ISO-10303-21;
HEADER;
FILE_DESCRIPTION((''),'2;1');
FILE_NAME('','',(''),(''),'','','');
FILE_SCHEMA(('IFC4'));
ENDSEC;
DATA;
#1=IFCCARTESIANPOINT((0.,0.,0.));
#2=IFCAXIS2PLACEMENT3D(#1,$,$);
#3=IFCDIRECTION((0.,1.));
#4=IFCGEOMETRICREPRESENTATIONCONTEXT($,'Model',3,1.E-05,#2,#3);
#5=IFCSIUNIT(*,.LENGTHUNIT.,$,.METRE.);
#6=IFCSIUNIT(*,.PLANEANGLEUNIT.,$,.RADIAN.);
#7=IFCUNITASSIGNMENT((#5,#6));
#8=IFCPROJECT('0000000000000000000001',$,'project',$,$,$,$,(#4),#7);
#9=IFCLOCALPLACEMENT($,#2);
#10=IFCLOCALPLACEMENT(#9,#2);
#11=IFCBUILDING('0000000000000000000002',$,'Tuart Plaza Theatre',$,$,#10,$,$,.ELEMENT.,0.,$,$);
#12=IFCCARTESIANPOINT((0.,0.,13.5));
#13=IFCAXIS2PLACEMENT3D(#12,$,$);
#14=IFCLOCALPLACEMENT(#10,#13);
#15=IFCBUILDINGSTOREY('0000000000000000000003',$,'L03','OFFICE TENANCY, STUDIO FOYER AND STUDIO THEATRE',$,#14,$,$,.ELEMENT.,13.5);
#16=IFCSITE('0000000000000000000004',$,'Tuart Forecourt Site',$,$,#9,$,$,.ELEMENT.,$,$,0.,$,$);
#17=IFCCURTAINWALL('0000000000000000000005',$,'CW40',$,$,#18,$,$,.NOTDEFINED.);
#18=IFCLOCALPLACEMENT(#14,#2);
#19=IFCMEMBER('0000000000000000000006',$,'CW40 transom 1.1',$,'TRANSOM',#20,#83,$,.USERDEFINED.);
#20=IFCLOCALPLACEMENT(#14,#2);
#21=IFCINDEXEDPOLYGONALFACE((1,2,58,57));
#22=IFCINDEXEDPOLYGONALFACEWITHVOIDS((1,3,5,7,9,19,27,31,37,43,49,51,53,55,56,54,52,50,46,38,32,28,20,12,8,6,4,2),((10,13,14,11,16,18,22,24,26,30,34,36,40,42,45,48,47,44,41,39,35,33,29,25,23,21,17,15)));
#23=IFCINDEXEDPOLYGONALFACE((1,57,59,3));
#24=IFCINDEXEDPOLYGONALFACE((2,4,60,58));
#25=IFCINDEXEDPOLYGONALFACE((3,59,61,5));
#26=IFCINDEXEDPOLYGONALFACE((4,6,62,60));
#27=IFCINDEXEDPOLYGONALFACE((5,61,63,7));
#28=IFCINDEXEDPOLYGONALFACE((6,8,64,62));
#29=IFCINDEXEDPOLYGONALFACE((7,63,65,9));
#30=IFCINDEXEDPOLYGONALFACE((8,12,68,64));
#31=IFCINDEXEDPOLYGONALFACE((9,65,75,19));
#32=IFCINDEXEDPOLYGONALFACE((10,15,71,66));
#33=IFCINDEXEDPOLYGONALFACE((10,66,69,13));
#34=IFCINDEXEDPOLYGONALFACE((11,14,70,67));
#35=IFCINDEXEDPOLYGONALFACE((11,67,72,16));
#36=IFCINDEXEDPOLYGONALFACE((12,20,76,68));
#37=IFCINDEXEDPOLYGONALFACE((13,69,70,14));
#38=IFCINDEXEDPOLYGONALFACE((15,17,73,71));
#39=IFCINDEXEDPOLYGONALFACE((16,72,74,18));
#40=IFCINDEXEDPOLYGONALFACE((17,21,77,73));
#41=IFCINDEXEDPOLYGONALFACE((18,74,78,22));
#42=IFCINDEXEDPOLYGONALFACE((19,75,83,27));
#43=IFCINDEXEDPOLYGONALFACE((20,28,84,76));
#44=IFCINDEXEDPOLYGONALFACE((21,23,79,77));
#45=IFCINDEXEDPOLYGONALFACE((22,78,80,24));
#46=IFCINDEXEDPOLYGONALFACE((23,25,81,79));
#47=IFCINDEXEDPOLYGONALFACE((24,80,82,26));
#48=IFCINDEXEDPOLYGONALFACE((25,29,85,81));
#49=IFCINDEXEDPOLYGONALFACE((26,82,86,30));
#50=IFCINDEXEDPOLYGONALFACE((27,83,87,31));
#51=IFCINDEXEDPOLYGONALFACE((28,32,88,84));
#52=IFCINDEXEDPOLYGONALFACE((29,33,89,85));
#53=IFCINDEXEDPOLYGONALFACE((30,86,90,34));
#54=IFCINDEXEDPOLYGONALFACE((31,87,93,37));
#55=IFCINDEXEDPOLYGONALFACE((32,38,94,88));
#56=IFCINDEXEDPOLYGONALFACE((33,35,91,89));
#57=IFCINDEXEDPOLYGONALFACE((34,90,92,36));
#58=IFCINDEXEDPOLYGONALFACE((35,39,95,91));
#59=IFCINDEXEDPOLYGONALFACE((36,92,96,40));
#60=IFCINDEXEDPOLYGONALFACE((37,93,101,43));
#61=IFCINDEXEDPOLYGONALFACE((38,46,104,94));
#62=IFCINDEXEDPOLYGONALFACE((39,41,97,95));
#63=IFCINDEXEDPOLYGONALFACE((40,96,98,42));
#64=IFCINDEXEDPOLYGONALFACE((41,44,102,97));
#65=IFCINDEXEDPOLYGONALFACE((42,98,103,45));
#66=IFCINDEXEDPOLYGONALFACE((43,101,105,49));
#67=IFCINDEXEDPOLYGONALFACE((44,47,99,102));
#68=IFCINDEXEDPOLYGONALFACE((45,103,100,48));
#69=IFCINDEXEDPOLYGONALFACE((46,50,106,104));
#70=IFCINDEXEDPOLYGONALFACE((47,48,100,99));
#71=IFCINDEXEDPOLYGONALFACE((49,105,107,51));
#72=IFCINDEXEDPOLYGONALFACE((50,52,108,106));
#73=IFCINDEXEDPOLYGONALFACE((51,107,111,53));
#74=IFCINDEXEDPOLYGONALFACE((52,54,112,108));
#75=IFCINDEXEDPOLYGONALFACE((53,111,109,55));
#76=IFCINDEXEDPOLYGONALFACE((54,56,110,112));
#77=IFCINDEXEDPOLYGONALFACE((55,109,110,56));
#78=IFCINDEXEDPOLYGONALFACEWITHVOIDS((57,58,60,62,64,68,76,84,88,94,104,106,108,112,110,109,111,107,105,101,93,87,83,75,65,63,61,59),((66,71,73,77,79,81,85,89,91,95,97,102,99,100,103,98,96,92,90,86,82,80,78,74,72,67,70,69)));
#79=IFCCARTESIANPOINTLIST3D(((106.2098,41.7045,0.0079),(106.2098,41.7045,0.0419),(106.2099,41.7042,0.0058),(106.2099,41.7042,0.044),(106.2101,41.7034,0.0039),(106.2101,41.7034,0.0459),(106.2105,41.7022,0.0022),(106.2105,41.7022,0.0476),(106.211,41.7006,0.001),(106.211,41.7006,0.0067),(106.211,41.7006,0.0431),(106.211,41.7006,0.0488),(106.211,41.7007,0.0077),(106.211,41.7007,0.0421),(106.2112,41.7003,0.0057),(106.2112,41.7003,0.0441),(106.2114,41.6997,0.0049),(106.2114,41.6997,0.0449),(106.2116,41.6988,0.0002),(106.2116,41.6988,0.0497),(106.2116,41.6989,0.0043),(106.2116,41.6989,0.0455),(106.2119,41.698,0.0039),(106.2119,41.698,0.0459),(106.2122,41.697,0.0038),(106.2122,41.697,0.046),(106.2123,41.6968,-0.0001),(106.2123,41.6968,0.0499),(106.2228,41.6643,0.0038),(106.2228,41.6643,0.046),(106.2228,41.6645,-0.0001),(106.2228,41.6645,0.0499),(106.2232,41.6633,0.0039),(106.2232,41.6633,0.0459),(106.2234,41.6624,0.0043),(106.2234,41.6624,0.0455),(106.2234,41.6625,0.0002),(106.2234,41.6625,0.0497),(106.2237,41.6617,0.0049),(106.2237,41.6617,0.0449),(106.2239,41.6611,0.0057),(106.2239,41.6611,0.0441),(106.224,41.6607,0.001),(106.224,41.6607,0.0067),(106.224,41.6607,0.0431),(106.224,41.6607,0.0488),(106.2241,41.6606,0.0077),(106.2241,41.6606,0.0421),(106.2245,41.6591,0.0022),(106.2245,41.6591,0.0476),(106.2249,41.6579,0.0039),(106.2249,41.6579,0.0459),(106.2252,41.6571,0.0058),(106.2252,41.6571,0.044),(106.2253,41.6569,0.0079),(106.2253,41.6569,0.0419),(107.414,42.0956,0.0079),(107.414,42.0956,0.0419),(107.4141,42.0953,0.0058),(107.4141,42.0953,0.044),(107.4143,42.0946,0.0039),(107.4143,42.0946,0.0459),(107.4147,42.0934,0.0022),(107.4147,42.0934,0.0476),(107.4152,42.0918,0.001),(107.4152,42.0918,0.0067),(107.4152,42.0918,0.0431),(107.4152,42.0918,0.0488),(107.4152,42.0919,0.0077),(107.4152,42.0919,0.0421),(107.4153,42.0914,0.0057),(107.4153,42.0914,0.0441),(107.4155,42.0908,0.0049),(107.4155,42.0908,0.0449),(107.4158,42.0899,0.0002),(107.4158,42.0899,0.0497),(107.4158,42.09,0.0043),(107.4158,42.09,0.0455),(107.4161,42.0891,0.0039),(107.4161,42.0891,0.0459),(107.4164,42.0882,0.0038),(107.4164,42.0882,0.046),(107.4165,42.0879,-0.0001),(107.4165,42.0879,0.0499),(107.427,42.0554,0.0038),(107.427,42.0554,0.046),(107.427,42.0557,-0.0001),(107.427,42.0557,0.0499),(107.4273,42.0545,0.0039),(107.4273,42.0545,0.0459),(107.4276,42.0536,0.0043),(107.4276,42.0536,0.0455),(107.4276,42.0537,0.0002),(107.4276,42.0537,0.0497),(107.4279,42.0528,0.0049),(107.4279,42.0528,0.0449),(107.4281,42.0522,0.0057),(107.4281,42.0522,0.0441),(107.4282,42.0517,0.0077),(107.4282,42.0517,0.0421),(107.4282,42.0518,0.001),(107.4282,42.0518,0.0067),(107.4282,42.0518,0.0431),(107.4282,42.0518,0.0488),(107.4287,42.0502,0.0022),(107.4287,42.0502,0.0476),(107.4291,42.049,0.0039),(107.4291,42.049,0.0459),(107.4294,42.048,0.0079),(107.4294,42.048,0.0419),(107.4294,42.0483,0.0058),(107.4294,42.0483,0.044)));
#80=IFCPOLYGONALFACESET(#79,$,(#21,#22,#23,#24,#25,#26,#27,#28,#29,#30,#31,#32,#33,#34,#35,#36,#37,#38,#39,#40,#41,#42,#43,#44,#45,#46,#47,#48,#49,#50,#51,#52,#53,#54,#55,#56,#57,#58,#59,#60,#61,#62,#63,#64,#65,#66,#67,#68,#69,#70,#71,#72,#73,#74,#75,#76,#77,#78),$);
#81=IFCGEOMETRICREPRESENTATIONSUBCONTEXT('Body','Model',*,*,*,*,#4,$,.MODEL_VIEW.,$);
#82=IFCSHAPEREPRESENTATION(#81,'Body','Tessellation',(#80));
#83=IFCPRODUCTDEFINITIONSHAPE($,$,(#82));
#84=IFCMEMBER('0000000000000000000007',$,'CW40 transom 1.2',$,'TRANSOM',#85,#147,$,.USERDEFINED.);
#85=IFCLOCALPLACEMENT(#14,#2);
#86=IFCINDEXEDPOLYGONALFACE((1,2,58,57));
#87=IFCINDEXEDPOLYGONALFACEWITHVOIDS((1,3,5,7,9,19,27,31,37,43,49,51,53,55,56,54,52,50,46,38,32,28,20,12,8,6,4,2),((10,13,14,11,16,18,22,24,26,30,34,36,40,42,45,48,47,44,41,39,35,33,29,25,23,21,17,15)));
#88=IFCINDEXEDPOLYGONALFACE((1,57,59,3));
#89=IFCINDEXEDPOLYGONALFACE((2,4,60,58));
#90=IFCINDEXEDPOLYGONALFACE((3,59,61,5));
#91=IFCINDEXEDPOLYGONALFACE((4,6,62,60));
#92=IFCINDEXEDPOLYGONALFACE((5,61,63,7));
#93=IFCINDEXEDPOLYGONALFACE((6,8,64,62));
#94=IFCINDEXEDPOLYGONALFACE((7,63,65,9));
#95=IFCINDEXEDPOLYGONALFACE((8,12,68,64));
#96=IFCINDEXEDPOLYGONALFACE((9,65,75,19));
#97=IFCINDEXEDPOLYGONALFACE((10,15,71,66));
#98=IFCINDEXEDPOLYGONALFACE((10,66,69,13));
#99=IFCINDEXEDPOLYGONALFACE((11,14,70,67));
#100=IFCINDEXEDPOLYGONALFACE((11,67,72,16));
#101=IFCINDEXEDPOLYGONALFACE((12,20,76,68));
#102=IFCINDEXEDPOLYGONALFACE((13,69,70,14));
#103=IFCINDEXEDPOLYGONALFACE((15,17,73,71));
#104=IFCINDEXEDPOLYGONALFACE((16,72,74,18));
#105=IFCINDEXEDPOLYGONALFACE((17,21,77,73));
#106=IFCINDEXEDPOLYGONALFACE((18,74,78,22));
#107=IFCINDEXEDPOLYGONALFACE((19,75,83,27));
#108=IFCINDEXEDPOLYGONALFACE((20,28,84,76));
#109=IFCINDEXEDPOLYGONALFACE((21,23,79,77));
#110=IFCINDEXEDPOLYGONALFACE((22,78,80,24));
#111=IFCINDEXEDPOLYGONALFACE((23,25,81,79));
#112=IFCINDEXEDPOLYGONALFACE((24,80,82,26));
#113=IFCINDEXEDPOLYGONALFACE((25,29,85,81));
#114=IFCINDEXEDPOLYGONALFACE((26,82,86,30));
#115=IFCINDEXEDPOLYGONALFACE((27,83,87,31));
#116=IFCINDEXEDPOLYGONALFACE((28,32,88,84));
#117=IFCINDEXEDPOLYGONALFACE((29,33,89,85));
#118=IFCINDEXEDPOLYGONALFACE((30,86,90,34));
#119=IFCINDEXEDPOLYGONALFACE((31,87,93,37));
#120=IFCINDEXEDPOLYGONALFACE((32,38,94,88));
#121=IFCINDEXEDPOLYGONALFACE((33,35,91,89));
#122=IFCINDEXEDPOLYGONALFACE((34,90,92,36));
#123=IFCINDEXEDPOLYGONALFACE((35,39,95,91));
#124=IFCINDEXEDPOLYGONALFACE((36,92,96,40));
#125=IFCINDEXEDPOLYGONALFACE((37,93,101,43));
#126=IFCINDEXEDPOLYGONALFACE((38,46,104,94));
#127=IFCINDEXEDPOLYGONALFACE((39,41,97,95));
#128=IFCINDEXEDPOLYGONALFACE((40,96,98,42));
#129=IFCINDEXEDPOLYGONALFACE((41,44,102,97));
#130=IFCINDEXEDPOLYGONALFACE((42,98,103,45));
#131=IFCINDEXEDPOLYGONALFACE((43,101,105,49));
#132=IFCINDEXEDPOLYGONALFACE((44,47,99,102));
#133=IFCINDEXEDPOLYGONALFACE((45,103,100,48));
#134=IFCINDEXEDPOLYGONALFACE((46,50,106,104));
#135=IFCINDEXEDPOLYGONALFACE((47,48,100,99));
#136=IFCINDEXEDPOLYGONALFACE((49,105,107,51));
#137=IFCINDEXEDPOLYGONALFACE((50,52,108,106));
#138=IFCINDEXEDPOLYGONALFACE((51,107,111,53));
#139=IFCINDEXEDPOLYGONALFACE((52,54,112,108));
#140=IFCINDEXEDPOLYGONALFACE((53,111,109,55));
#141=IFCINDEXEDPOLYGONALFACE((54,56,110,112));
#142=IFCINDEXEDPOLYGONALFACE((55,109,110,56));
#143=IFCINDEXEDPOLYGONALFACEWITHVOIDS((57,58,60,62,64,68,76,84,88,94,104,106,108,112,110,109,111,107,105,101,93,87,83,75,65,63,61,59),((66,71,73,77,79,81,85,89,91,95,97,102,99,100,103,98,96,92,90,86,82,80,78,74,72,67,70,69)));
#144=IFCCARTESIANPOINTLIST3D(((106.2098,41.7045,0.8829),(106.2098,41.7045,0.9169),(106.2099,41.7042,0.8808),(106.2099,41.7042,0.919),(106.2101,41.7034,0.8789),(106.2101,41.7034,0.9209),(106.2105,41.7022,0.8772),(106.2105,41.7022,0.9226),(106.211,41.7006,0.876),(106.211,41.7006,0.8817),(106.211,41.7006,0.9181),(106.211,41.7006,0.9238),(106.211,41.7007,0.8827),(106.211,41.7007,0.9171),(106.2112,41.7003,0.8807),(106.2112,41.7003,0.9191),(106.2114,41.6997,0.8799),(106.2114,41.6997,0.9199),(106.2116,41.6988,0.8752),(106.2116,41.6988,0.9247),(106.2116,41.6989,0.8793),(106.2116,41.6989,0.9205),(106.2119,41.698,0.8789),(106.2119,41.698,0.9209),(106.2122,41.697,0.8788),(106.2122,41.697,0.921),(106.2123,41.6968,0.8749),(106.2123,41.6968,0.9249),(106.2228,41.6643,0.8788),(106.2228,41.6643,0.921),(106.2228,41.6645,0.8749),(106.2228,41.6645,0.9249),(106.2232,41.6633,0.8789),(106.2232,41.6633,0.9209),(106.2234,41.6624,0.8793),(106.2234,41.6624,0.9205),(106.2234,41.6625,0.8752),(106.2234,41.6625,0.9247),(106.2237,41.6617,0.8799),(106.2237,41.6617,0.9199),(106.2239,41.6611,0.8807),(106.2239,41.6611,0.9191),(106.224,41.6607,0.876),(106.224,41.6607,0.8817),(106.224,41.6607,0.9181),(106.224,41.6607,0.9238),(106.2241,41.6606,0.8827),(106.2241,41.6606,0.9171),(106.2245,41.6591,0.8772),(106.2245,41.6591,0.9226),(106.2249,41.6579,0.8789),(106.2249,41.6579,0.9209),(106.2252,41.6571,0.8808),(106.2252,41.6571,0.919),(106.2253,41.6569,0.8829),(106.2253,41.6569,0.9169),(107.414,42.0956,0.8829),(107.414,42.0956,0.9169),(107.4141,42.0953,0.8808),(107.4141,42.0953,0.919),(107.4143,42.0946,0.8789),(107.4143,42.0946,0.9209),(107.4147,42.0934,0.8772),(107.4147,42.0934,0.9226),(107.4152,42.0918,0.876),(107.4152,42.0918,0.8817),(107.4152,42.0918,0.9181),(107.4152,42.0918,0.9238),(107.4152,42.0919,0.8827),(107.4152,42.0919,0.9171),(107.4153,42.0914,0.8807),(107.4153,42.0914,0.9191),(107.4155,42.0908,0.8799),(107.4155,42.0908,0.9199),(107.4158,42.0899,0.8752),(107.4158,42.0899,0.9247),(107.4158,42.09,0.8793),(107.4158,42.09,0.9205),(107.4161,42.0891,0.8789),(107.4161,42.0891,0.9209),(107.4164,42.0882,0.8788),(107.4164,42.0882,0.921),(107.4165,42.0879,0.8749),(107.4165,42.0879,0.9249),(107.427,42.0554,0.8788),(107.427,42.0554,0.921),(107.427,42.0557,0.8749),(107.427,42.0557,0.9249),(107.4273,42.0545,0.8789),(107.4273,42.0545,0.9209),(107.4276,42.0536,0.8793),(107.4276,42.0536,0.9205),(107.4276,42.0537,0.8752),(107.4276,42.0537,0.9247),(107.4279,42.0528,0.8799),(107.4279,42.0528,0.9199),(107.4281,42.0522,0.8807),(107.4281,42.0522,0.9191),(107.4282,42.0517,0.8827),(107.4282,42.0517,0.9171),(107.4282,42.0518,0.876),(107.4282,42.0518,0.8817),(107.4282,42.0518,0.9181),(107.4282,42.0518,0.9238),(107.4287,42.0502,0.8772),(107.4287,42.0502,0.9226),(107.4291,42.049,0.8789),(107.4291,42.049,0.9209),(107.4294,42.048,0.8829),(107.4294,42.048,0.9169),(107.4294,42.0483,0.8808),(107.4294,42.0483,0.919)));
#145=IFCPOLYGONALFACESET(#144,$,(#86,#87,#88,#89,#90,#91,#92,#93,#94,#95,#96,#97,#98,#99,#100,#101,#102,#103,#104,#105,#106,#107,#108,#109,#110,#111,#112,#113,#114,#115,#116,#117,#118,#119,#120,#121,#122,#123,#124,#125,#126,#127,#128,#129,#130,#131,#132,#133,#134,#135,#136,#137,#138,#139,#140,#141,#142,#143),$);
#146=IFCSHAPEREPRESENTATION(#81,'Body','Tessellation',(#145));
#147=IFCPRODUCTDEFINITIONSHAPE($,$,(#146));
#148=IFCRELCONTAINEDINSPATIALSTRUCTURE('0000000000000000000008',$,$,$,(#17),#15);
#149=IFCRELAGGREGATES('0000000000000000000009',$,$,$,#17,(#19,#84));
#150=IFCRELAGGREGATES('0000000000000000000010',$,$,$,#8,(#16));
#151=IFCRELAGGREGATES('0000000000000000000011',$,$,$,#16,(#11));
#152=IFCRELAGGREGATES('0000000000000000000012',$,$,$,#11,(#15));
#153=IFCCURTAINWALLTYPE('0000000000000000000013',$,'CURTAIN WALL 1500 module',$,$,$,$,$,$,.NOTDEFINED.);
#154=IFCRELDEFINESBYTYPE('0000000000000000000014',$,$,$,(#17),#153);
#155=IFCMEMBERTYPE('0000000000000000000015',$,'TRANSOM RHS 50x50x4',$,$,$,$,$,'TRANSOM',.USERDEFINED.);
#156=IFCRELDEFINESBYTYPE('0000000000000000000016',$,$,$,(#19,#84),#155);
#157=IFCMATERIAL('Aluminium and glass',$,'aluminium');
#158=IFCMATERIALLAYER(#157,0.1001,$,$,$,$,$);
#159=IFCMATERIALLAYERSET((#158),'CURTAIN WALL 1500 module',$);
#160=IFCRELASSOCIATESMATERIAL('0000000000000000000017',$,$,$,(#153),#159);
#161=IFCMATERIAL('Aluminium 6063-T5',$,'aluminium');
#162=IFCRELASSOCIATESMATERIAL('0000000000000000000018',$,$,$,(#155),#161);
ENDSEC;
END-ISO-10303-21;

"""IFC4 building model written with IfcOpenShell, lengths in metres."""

from ifc_helpers import new_model, si_unit, direction, frame, origin, origin_2d, place, context, subcontext, project, spatial, hollow_rectangle, extrude, material, layer, layer_set, material_profile, profile_set, type_object, element, aggregate, save


model = new_model("IFC4")

# Units and contexts
model_context = context("Model", 3, precision=1e-05, world=origin(), true_north=direction((0.0, 1.0)))
body_context = subcontext(model_context, "Body", "Model", "MODEL_VIEW")
ifc_project = project(units=[si_unit("LENGTHUNIT", "METRE"), si_unit("PLANEANGLEUNIT", "RADIAN")], contexts=[model_context])

# Site, building, storey
site_placement = place(None, origin())
site = spatial("IfcSite", under=ifc_project, at=site_placement, Name="Tuart Forecourt Site", CompositionType="ELEMENT", RefElevation=0.0)
building_placement = place(site_placement, origin())
building = spatial("IfcBuilding", under=site, at=building_placement, Name="Tuart Plaza Theatre", CompositionType="ELEMENT", ElevationOfRefHeight=0.0)
storey_placement = place(building_placement, frame((0.0, 0.0, 13.5)))
storey = spatial("IfcBuildingStorey", under=building, at=storey_placement, Name="L03", Description="OFFICE TENANCY, STUDIO FOYER AND STUDIO THEATRE", CompositionType="ELEMENT", Elevation=13.5)

# Curtain wall
ifc_material_1 = material(Name="Aluminium and glass", Category="aluminium")
ifc_layer_1 = layer(ifc_material_1, 0.1001)
ifc_layer_set_1 = layer_set([ifc_layer_1], Name="CURTAIN WALL 1500 module")
curtain_wall_type = type_object("IfcCurtainWallType", Name="CURTAIN WALL 1500 module", PredefinedType="NOTDEFINED", material=ifc_layer_set_1)
curtain_wall_1_placement = place(storey_placement, origin())
curtain_wall_1 = element("IfcCurtainWall", 1, at=curtain_wall_1_placement, inside=storey, type_object=curtain_wall_type, Name="CW40", PredefinedType="NOTDEFINED")

# Members
ifc_material_2 = material(Name="Aluminium 6063-T5", Category="aluminium")
ifc_material_profile_1 = material_profile(ifc_material_2, hollow_rectangle(XDim=0.05, YDim=0.05, WallThickness=0.0039, InnerFilletRadius=0.0039, OuterFilletRadius=0.0081, at=origin_2d()), Name="RHS 50x50x4")
ifc_profile_set_1 = profile_set([ifc_material_profile_1], Name="Aluminium 6063-T5")
member_type_1 = type_object("IfcMemberType", Name="TRANSOM RHS 50x50x4", ElementType="TRANSOM", PredefinedType="USERDEFINED", material=ifc_profile_set_1)
member_1_placement = place(storey_placement, frame((106.2175, 41.6807, 0.0249), z_axis=(0.951085, 0.308929, 0.0), x_axis=(-0.308929, 0.951085, 0.0)))
member_1 = element("IfcMember", 2, at=member_1_placement, type_object=member_type_1, Name="CW40 transom 1.1", ObjectType="TRANSOM", PredefinedType="USERDEFINED", context=body_context, shape_type="SweptSolid", body=[
    extrude(hollow_rectangle(XDim=0.05, YDim=0.05, WallThickness=0.0039, InnerFilletRadius=0.0039, OuterFilletRadius=0.0081, at=origin_2d()), origin(), (0.0, 0.0, 1.0), 1.2661),
])
member_2_placement = place(storey_placement, frame((106.2175, 41.6807, 0.8999), z_axis=(0.951085, 0.308929, 0.0), x_axis=(-0.308929, 0.951085, 0.0)))
member_2 = element("IfcMember", 3, at=member_2_placement, type_object=member_type_1, Name="CW40 transom 1.2", ObjectType="TRANSOM", PredefinedType="USERDEFINED", context=body_context, shape_type="SweptSolid", body=[
    extrude(hollow_rectangle(XDim=0.05, YDim=0.05, WallThickness=0.0039, InnerFilletRadius=0.0039, OuterFilletRadius=0.0081, at=origin_2d()), origin(), (0.0, 0.0, 1.0), 1.2661),
])

aggregate(curtain_wall_1, [member_1, member_2])

save(model, "model.ifc")
